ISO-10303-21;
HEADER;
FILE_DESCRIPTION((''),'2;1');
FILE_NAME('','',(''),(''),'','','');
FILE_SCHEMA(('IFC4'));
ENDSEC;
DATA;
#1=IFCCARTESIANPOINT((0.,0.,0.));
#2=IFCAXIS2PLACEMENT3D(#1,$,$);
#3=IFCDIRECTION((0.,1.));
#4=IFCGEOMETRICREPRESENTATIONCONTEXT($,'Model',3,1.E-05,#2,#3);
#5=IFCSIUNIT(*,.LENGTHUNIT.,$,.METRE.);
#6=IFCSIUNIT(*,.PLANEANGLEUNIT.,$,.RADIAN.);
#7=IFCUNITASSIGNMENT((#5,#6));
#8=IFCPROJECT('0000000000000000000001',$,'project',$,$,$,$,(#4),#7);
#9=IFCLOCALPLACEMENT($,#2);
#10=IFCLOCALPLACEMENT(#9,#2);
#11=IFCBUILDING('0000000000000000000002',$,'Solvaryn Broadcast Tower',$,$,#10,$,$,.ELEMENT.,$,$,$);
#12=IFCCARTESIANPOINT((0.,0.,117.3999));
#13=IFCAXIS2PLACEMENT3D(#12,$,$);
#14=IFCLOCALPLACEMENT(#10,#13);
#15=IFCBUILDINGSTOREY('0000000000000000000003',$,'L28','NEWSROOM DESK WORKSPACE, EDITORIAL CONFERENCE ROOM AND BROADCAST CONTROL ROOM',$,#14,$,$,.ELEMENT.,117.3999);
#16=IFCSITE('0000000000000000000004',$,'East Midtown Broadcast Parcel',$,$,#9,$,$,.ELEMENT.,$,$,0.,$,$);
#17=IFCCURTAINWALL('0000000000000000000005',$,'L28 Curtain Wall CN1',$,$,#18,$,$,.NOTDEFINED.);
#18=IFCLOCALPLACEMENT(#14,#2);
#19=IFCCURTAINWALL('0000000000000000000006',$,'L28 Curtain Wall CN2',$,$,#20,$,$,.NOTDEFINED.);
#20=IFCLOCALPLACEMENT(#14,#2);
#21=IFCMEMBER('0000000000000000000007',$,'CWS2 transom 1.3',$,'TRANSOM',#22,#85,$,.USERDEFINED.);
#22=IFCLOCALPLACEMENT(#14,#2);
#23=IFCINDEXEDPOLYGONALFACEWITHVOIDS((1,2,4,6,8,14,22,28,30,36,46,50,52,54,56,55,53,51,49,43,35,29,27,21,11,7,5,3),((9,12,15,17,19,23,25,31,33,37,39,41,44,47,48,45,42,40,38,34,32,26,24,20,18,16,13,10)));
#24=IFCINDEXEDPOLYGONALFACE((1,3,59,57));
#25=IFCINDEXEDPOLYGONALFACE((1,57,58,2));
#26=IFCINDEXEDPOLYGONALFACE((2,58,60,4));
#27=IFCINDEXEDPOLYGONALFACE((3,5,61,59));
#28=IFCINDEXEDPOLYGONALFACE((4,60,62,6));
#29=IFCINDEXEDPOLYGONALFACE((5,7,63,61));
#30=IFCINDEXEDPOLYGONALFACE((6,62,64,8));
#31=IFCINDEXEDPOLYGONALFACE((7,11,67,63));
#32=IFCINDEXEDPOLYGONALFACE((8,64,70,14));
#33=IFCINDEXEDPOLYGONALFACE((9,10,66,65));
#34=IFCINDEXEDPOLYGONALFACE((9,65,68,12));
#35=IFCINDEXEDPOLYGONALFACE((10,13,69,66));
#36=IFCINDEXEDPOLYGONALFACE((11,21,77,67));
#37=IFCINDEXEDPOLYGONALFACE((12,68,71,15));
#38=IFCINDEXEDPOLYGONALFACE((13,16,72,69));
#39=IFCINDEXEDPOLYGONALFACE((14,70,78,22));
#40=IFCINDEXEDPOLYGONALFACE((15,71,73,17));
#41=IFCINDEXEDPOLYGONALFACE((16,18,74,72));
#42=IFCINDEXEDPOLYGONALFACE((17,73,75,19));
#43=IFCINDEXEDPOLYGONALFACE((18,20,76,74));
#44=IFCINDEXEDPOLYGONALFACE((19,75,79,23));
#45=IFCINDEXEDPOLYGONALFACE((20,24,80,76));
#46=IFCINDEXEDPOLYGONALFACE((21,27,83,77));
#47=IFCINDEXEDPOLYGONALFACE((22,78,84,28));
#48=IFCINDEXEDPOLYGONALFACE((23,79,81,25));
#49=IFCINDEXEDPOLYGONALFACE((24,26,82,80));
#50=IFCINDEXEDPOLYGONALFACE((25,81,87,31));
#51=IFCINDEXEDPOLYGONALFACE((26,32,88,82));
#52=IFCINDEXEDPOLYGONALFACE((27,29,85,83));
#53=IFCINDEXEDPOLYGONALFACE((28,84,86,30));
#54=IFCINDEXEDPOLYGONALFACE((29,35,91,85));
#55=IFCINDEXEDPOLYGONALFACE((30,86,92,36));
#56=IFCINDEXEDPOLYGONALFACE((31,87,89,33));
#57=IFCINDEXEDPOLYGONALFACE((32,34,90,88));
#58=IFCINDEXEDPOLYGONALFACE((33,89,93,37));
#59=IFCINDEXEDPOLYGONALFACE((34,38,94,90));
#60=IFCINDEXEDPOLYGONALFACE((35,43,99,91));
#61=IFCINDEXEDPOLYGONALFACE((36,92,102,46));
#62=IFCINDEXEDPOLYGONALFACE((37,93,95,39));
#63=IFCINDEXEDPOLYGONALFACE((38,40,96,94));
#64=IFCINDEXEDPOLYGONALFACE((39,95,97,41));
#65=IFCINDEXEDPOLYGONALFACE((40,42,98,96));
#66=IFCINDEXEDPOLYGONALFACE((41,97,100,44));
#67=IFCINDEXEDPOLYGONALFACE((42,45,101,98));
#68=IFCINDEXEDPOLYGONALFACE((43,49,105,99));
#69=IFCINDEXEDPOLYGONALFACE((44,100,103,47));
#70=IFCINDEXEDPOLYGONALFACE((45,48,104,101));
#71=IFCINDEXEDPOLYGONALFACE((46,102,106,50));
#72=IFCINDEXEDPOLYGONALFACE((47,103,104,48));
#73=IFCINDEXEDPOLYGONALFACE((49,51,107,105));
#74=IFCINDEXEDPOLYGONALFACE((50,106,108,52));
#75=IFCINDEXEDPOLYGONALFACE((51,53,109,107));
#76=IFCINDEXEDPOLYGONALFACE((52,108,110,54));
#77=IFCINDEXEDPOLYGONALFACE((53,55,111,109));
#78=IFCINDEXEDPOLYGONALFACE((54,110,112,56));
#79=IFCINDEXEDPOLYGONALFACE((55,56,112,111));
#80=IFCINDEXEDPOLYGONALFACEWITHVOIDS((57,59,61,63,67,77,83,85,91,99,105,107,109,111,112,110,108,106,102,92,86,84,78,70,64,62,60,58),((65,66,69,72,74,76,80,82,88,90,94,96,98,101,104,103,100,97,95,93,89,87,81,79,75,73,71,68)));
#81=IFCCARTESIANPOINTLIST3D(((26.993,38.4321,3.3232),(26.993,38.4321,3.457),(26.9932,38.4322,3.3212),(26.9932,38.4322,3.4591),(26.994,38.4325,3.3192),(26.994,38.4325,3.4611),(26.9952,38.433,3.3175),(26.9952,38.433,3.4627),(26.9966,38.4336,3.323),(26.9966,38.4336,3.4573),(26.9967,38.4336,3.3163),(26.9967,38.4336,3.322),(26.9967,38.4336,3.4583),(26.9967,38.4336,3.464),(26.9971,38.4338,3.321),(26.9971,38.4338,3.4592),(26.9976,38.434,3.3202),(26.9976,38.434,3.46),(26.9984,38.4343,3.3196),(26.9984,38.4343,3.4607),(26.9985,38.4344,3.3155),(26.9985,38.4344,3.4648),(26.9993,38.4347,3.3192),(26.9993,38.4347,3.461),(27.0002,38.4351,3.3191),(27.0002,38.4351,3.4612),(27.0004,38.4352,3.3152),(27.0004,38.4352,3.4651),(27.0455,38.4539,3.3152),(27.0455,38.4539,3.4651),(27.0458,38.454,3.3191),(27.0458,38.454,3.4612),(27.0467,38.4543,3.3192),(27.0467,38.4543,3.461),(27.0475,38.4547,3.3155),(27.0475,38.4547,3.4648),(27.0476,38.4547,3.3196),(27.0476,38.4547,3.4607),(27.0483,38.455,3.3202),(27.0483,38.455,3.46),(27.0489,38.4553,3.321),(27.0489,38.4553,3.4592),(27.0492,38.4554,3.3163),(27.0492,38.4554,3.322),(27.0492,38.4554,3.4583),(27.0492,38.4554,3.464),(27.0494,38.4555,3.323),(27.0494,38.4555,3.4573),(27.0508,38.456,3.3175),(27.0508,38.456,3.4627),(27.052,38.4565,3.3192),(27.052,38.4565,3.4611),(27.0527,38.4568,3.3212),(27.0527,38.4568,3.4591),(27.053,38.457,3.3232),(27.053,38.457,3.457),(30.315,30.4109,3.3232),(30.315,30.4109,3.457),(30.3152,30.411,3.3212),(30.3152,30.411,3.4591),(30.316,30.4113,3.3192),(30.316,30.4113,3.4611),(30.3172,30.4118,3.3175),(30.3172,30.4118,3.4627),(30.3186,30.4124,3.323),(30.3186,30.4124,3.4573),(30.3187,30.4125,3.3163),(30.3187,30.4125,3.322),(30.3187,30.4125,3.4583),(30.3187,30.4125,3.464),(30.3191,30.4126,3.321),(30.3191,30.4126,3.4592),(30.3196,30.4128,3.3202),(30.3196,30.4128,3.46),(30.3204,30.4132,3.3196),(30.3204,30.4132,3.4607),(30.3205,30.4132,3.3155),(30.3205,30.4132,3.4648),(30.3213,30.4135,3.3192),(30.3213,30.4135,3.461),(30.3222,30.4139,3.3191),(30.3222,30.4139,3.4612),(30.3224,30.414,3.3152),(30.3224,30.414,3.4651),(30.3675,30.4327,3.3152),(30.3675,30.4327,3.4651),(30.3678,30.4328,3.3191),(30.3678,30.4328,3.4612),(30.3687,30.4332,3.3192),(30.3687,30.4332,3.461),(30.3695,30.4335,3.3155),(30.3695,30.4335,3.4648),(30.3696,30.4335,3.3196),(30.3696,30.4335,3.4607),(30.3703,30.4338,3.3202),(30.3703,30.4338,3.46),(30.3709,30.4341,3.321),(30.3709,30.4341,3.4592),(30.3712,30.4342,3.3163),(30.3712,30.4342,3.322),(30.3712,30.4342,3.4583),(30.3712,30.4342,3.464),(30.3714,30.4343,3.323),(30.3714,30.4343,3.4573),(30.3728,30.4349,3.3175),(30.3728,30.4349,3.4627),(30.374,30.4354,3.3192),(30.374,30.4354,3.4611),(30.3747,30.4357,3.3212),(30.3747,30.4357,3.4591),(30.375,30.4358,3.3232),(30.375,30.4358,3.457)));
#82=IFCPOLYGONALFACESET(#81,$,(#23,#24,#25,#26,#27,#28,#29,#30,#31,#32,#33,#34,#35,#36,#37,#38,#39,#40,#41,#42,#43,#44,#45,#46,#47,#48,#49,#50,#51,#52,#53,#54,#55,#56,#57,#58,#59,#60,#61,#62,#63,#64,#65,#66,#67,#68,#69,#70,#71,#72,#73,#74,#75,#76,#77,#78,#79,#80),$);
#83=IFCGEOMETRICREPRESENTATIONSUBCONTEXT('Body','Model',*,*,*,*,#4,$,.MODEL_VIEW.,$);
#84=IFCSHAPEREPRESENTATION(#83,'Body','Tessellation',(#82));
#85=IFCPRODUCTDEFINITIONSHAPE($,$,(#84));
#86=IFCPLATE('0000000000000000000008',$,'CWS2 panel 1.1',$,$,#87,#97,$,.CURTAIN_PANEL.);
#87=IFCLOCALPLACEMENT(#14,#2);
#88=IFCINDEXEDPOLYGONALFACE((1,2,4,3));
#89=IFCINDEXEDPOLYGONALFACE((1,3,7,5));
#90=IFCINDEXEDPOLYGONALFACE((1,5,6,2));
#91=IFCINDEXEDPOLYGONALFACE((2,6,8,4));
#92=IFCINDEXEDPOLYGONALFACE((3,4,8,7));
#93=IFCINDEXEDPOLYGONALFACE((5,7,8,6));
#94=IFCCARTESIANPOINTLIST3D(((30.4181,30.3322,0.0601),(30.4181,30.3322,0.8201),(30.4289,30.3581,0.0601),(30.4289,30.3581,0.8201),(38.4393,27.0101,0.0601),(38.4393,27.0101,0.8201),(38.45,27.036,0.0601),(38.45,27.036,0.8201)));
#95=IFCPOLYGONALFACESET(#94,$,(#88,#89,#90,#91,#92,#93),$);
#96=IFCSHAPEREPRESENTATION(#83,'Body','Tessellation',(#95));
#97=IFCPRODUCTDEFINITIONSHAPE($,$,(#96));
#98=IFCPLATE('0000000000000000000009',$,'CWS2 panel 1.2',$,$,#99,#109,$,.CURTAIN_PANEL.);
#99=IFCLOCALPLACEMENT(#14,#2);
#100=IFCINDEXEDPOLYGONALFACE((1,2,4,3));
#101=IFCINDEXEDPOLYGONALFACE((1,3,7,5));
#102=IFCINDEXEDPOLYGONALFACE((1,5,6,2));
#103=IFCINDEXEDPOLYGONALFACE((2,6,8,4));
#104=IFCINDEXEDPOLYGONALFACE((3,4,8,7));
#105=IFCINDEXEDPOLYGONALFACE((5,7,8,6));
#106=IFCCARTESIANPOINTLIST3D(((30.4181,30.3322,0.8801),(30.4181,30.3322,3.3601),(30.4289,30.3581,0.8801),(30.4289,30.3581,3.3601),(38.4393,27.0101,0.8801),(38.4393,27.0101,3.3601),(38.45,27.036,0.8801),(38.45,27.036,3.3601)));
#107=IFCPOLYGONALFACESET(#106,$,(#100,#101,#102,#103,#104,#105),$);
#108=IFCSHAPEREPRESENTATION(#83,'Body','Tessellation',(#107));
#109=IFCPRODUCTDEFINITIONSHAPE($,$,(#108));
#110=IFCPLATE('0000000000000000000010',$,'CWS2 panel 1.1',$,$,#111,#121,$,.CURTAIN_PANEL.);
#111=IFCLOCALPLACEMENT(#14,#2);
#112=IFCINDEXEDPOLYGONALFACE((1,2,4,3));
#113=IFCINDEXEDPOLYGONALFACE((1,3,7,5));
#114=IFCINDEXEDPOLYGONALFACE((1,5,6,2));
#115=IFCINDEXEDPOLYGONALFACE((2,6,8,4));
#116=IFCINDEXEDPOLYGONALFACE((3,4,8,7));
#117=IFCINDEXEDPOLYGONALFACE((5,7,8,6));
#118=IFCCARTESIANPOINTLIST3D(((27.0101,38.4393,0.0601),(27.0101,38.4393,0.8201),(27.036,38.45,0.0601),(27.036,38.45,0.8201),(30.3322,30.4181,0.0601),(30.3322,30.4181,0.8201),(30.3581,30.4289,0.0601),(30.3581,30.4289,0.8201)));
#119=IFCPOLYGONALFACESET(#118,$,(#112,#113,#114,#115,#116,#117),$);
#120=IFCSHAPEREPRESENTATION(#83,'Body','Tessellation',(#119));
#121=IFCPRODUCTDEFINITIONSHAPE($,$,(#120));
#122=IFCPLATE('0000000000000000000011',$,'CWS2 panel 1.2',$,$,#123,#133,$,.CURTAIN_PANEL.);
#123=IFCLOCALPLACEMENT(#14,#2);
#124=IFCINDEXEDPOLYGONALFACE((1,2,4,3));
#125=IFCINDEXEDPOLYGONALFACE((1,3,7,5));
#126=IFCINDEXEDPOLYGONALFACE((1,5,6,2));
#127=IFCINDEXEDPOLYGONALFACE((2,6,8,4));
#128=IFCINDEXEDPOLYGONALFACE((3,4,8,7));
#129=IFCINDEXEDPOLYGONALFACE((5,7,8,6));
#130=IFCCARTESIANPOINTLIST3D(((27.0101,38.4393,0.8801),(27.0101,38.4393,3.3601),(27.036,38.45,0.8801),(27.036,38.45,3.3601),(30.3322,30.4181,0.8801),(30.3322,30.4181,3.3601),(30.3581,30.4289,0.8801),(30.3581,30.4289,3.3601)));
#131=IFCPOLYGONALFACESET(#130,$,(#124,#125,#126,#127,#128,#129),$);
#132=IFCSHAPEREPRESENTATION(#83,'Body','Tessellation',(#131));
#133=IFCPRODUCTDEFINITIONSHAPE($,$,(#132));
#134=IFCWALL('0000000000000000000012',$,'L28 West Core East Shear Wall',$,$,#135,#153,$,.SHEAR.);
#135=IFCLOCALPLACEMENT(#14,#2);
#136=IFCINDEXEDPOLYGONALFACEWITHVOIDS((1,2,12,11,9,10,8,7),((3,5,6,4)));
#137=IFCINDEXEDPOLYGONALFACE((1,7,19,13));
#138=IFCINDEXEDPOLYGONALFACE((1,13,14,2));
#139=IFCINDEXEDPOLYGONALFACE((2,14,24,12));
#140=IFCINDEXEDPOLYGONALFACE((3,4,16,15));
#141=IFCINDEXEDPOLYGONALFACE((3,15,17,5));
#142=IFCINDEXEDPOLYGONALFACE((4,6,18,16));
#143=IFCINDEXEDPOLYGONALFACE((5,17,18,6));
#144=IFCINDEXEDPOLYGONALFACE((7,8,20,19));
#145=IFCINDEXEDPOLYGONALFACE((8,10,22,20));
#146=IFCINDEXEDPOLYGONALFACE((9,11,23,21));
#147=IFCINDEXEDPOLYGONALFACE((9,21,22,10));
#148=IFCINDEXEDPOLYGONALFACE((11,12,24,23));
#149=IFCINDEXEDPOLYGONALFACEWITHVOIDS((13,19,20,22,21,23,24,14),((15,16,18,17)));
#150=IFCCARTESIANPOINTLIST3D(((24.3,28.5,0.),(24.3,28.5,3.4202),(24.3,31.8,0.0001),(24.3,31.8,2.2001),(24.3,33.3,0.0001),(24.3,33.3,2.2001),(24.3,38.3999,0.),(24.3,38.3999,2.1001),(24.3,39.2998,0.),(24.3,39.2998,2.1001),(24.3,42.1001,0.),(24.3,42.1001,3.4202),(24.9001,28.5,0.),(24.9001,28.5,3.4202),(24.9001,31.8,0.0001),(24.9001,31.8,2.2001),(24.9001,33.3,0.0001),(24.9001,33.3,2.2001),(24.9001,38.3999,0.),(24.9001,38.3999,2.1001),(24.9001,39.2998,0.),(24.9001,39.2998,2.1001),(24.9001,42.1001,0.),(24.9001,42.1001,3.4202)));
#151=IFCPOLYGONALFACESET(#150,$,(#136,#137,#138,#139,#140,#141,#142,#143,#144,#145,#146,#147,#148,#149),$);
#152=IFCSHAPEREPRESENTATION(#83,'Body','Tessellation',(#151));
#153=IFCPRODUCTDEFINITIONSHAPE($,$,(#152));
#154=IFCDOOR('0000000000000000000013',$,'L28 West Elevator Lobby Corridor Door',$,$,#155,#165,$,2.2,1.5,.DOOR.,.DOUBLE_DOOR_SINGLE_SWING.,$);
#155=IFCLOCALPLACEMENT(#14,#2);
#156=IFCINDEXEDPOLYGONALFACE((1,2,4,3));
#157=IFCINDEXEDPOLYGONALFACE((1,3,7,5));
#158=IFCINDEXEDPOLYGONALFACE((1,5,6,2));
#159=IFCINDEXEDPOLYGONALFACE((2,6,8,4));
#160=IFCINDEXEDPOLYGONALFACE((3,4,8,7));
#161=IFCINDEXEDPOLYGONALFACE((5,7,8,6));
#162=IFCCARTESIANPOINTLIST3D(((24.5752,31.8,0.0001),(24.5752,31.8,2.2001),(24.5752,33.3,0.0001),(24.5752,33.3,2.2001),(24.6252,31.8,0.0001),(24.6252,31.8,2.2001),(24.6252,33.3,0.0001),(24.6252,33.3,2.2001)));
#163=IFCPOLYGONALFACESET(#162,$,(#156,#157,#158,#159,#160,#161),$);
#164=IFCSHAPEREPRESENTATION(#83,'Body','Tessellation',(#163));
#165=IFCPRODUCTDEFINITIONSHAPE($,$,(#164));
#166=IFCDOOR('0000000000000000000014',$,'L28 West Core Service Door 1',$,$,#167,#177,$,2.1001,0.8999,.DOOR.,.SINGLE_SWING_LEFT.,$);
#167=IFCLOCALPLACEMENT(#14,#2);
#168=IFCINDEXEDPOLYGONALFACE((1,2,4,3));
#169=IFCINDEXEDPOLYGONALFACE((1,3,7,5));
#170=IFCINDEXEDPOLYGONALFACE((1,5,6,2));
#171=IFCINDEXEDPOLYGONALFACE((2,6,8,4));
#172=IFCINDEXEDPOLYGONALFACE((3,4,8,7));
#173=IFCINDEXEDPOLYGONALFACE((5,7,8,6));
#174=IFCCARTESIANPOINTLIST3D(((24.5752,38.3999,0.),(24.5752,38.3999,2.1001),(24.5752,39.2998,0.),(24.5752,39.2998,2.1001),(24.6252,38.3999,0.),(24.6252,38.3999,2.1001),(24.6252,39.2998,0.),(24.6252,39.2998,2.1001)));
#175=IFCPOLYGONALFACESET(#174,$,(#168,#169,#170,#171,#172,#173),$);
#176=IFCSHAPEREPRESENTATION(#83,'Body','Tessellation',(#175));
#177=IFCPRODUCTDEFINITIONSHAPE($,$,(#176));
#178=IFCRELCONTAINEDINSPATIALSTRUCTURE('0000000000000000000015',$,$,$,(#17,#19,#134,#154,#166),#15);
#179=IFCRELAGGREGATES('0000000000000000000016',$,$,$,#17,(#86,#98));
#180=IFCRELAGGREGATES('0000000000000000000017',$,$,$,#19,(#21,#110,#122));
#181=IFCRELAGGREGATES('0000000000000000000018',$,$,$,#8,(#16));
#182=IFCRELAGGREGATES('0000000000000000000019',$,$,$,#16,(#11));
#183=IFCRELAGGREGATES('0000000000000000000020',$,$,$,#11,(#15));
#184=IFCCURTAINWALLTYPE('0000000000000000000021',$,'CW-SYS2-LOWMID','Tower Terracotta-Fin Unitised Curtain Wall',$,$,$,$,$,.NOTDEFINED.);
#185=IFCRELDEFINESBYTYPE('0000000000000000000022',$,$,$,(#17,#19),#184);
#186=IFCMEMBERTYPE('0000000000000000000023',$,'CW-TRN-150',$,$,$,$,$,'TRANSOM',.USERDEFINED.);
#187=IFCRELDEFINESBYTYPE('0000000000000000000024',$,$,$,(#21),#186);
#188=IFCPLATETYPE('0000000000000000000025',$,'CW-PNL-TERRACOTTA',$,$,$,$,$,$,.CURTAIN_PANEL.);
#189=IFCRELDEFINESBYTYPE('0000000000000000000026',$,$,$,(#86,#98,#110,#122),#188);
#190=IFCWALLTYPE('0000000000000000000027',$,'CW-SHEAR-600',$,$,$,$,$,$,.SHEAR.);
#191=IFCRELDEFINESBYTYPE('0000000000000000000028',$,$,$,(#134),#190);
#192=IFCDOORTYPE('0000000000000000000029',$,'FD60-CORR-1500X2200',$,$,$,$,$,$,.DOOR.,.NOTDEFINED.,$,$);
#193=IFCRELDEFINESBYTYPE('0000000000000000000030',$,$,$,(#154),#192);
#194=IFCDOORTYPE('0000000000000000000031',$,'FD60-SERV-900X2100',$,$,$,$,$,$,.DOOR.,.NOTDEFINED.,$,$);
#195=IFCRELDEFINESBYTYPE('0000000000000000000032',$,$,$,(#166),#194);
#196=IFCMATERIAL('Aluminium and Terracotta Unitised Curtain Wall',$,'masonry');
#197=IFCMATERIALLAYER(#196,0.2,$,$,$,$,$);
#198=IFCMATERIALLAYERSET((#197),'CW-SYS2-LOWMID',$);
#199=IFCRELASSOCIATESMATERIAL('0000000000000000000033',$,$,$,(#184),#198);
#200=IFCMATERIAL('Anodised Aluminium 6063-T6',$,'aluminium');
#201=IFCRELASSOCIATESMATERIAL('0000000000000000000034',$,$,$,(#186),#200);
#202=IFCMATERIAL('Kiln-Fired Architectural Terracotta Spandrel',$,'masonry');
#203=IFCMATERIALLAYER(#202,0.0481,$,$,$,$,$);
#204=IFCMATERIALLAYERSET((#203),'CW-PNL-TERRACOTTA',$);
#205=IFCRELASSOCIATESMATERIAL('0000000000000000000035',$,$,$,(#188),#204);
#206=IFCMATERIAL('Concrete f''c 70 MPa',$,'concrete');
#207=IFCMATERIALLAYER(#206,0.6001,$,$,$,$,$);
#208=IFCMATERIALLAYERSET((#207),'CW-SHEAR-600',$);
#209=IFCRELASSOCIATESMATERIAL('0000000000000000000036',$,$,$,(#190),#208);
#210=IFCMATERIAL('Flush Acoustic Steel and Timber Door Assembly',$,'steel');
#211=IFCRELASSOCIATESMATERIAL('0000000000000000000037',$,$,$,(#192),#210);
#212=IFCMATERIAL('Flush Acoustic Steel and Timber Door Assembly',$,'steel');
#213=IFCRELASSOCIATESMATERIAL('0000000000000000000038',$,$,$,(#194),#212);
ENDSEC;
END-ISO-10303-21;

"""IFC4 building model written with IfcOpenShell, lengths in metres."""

from ifc_helpers import new_model, si_unit, direction, frame, frame_2d, origin, origin_2d, place, context, subcontext, project, spatial, rectangle, hollow_rectangle, extrude, material, layer, layer_set, material_profile, profile_set, type_object, element, fill, aggregate, save


model = new_model("IFC4")

# Units and contexts
model_context = context("Model", 3, precision=1e-05, world=origin(), true_north=direction((0.0, 1.0)))
body_context = subcontext(model_context, "Body", "Model", "MODEL_VIEW")
ifc_project = project(units=[si_unit("LENGTHUNIT", "METRE"), si_unit("PLANEANGLEUNIT", "RADIAN")], contexts=[model_context])

# Site, building, storey
site_placement = place(None, origin())
site = spatial("IfcSite", under=ifc_project, at=site_placement, Name="East Midtown Broadcast Parcel", CompositionType="ELEMENT", RefElevation=0.0)
building_placement = place(site_placement, origin())
building = spatial("IfcBuilding", under=site, at=building_placement, Name="Solvaryn Broadcast Tower", CompositionType="ELEMENT")
storey_placement = place(building_placement, frame((0.0, 0.0, 117.3999)))
storey = spatial("IfcBuildingStorey", under=building, at=storey_placement, Name="L28", Description="NEWSROOM DESK WORKSPACE, EDITORIAL CONFERENCE ROOM AND BROADCAST CONTROL ROOM", CompositionType="ELEMENT", Elevation=117.3999)

# Curtain wall
ifc_material_1 = material(Name="Aluminium and Terracotta Unitised Curtain Wall", Category="masonry")
ifc_layer_1 = layer(ifc_material_1, 0.2)
ifc_layer_set_1 = layer_set([ifc_layer_1], Name="CW-SYS2-LOWMID")
curtain_wall_type = type_object("IfcCurtainWallType", Name="CW-SYS2-LOWMID", Description="Tower Terracotta-Fin Unitised Curtain Wall", PredefinedType="NOTDEFINED", material=ifc_layer_set_1)
curtain_wall_1_placement = place(storey_placement, origin())
curtain_wall_1 = element("IfcCurtainWall", 1, at=curtain_wall_1_placement, inside=storey, type_object=curtain_wall_type, Name="L28 Curtain Wall CN1", PredefinedType="NOTDEFINED")

# Curtain wall, member
curtain_wall_2_placement = place(storey_placement, origin())
curtain_wall_2 = element("IfcCurtainWall", 2, at=curtain_wall_2_placement, inside=storey, type_object=curtain_wall_type, Name="L28 Curtain Wall CN2", PredefinedType="NOTDEFINED")
ifc_material_2 = material(Name="Anodised Aluminium 6063-T6", Category="aluminium")
ifc_material_profile_1 = material_profile(ifc_material_2, hollow_rectangle(XDim=0.0649, YDim=0.1499, WallThickness=0.0039, InnerFilletRadius=0.0039, OuterFilletRadius=0.0081, at=origin_2d()))
ifc_profile_set_1 = profile_set([ifc_material_profile_1], Name="Anodised Aluminium 6063-T6")
member_type_1 = type_object("IfcMemberType", Name="CW-TRN-150", ElementType="TRANSOM", PredefinedType="USERDEFINED", material=ifc_profile_set_1)
member_1_placement = place(storey_placement, frame((30.345, 30.4233, 3.3901), z_axis=(-0.382636, 0.923899, 0.0), x_axis=(-0.923899, -0.382636, 0.0)))
member_1 = element("IfcMember", 3, at=member_1_placement, type_object=member_type_1, Name="CWS2 transom 1.3", ObjectType="TRANSOM", PredefinedType="USERDEFINED", context=body_context, shape_type="SweptSolid", body=[
    extrude(hollow_rectangle(XDim=0.0649, YDim=0.1499, WallThickness=0.0039, InnerFilletRadius=0.0039, OuterFilletRadius=0.0081, at=origin_2d()), origin(), (0.0, 0.0, 1.0), 8.6819),
])

# Plates
ifc_material_3 = material(Name="Kiln-Fired Architectural Terracotta Spandrel", Category="masonry")
ifc_layer_2 = layer(ifc_material_3, 0.0481)
ifc_layer_set_2 = layer_set([ifc_layer_2], Name="CW-PNL-TERRACOTTA")
plate_type = type_object("IfcPlateType", Name="CW-PNL-TERRACOTTA", PredefinedType="CURTAIN_PANEL", material=ifc_layer_set_2)
plate_1_placement = place(storey_placement, frame((34.4341, 28.6841, 0.0601), z_axis=(0.0, 0.0, 1.0), x_axis=(-0.923895, 0.382646, 0.0)))
plate_1 = element("IfcPlate", 4, at=plate_1_placement, type_object=plate_type, Name="CWS2 panel 1.1", PredefinedType="CURTAIN_PANEL", context=body_context, shape_type="SweptSolid", body=[
    extrude(rectangle(XDim=8.6819, YDim=0.0281, at=origin_2d()), origin(), (0.0, 0.0, 1.0), 0.76),
])
plate_2_placement = place(storey_placement, frame((34.4341, 28.6841, 0.8801), z_axis=(0.0, 0.0, 1.0), x_axis=(-0.923895, 0.382646, 0.0)))
plate_2 = element("IfcPlate", 5, at=plate_2_placement, type_object=plate_type, Name="CWS2 panel 1.2", PredefinedType="CURTAIN_PANEL", context=body_context, shape_type="SweptSolid", body=[
    extrude(rectangle(XDim=8.6819, YDim=0.0281, at=origin_2d()), origin(), (0.0, 0.0, 1.0), 2.48),
])
aggregate(curtain_wall_1, [plate_1, plate_2])
plate_3_placement = place(storey_placement, frame((28.6841, 34.4341, 0.0601), z_axis=(0.0, 0.0, 1.0), x_axis=(-0.382646, 0.923895, 0.0)))
plate_3 = element("IfcPlate", 6, at=plate_3_placement, type_object=plate_type, Name="CWS2 panel 1.1", PredefinedType="CURTAIN_PANEL", context=body_context, shape_type="SweptSolid", body=[
    extrude(rectangle(XDim=8.6819, YDim=0.0281, at=origin_2d()), origin(), (0.0, 0.0, 1.0), 0.76),
])
plate_4_placement = place(storey_placement, frame((28.6841, 34.4341, 0.8801), z_axis=(0.0, 0.0, 1.0), x_axis=(-0.382646, 0.923895, 0.0)))
plate_4 = element("IfcPlate", 7, at=plate_4_placement, type_object=plate_type, Name="CWS2 panel 1.2", PredefinedType="CURTAIN_PANEL", context=body_context, shape_type="SweptSolid", body=[
    extrude(rectangle(XDim=8.6819, YDim=0.0281, at=origin_2d()), origin(), (0.0, 0.0, 1.0), 2.48),
])
aggregate(curtain_wall_2, [member_1, plate_3, plate_4])

# Wall, openings, doors
ifc_material_4 = material(Name="Concrete f'c 70 MPa", Category="concrete")
ifc_layer_3 = layer(ifc_material_4, 0.6001)
ifc_layer_set_3 = layer_set([ifc_layer_3], Name="CW-SHEAR-600")
wall_type_1 = type_object("IfcWallType", Name="CW-SHEAR-600", PredefinedType="SHEAR", material=ifc_layer_set_3)
wall_1_placement = place(storey_placement, frame((24.6001, 28.5, 0.0), z_axis=(0.0, 0.0, 1.0), x_axis=(0.0, 1.0, 0.0)))
wall_1 = element("IfcWall", 8, at=wall_1_placement, inside=storey, type_object=wall_type_1, Name="L28 West Core East Shear Wall", PredefinedType="SHEAR", context=body_context, shape_type="SweptSolid", body=[
    extrude(rectangle(XDim=13.6001, YDim=0.6001, at=frame_2d((6.8, 0.0))), origin(), (0.0, 0.0, 1.0), 3.4202),
])
opening_1_placement = place(wall_1_placement, frame((3.3, 0.0, 0.0)))
opening_1 = element("IfcOpeningElement", 9, at=opening_1_placement, cuts=wall_1, PredefinedType="OPENING", context=body_context, shape_type="SweptSolid", body=[
    extrude(rectangle(XDim=1.5, YDim=2.2, at=frame_2d((0.75, 1.1001))), frame((0.0, 0.3101, 0.0), z_axis=(0.0, -1.0, 0.0), x_axis=(1.0, 0.0, 0.0)), (0.0, 0.0, 1.0), 0.6201),
])
opening_2_placement = place(wall_1_placement, frame((9.8999, 0.0, 0.0)))
opening_2 = element("IfcOpeningElement", 10, at=opening_2_placement, cuts=wall_1, PredefinedType="OPENING", context=body_context, shape_type="SweptSolid", body=[
    extrude(rectangle(XDim=0.8999, YDim=2.1001, at=frame_2d((0.45, 1.05))), frame((0.0, 0.3101, 0.0), z_axis=(0.0, -1.0, 0.0), x_axis=(1.0, 0.0, 0.0)), (0.0, 0.0, 1.0), 0.6201),
])
ifc_material_5 = material(Name="Flush Acoustic Steel and Timber Door Assembly", Category="steel")
door_type_1 = type_object("IfcDoorType", Name="FD60-CORR-1500X2200", OperationType="NOTDEFINED", PredefinedType="DOOR", material=ifc_material_5)
door_1_placement = place(opening_1_placement, origin())
door_1 = element("IfcDoor", 11, at=door_1_placement, inside=storey, type_object=door_type_1, Name="L28 West Elevator Lobby Corridor Door", OperationType="DOUBLE_DOOR_SINGLE_SWING", OverallHeight=2.2, OverallWidth=1.5, PredefinedType="DOOR", context=body_context, shape_type="SweptSolid", body=[
    extrude(rectangle(XDim=1.5, YDim=2.2, at=frame_2d((0.75, 1.1001))), frame((0.0, 0.0249, 0.0), z_axis=(0.0, -1.0, 0.0), x_axis=(1.0, 0.0, 0.0)), (0.0, 0.0, 1.0), 0.05),
])
fill(opening_1, door_1)
ifc_material_6 = material(Name="Flush Acoustic Steel and Timber Door Assembly", Category="steel")
door_type_2 = type_object("IfcDoorType", Name="FD60-SERV-900X2100", OperationType="NOTDEFINED", PredefinedType="DOOR", material=ifc_material_6)
door_2_placement = place(opening_2_placement, origin())
door_2 = element("IfcDoor", 12, at=door_2_placement, inside=storey, type_object=door_type_2, Name="L28 West Core Service Door 1", OperationType="SINGLE_SWING_LEFT", OverallHeight=2.1001, OverallWidth=0.8999, PredefinedType="DOOR", context=body_context, shape_type="SweptSolid", body=[
    extrude(rectangle(XDim=0.8999, YDim=2.1001, at=frame_2d((0.45, 1.05))), frame((0.0, 0.0249, 0.0), z_axis=(0.0, -1.0, 0.0), x_axis=(1.0, 0.0, 0.0)), (0.0, 0.0, 1.0), 0.05),
])
fill(opening_2, door_2)

save(model, "model.ifc")
